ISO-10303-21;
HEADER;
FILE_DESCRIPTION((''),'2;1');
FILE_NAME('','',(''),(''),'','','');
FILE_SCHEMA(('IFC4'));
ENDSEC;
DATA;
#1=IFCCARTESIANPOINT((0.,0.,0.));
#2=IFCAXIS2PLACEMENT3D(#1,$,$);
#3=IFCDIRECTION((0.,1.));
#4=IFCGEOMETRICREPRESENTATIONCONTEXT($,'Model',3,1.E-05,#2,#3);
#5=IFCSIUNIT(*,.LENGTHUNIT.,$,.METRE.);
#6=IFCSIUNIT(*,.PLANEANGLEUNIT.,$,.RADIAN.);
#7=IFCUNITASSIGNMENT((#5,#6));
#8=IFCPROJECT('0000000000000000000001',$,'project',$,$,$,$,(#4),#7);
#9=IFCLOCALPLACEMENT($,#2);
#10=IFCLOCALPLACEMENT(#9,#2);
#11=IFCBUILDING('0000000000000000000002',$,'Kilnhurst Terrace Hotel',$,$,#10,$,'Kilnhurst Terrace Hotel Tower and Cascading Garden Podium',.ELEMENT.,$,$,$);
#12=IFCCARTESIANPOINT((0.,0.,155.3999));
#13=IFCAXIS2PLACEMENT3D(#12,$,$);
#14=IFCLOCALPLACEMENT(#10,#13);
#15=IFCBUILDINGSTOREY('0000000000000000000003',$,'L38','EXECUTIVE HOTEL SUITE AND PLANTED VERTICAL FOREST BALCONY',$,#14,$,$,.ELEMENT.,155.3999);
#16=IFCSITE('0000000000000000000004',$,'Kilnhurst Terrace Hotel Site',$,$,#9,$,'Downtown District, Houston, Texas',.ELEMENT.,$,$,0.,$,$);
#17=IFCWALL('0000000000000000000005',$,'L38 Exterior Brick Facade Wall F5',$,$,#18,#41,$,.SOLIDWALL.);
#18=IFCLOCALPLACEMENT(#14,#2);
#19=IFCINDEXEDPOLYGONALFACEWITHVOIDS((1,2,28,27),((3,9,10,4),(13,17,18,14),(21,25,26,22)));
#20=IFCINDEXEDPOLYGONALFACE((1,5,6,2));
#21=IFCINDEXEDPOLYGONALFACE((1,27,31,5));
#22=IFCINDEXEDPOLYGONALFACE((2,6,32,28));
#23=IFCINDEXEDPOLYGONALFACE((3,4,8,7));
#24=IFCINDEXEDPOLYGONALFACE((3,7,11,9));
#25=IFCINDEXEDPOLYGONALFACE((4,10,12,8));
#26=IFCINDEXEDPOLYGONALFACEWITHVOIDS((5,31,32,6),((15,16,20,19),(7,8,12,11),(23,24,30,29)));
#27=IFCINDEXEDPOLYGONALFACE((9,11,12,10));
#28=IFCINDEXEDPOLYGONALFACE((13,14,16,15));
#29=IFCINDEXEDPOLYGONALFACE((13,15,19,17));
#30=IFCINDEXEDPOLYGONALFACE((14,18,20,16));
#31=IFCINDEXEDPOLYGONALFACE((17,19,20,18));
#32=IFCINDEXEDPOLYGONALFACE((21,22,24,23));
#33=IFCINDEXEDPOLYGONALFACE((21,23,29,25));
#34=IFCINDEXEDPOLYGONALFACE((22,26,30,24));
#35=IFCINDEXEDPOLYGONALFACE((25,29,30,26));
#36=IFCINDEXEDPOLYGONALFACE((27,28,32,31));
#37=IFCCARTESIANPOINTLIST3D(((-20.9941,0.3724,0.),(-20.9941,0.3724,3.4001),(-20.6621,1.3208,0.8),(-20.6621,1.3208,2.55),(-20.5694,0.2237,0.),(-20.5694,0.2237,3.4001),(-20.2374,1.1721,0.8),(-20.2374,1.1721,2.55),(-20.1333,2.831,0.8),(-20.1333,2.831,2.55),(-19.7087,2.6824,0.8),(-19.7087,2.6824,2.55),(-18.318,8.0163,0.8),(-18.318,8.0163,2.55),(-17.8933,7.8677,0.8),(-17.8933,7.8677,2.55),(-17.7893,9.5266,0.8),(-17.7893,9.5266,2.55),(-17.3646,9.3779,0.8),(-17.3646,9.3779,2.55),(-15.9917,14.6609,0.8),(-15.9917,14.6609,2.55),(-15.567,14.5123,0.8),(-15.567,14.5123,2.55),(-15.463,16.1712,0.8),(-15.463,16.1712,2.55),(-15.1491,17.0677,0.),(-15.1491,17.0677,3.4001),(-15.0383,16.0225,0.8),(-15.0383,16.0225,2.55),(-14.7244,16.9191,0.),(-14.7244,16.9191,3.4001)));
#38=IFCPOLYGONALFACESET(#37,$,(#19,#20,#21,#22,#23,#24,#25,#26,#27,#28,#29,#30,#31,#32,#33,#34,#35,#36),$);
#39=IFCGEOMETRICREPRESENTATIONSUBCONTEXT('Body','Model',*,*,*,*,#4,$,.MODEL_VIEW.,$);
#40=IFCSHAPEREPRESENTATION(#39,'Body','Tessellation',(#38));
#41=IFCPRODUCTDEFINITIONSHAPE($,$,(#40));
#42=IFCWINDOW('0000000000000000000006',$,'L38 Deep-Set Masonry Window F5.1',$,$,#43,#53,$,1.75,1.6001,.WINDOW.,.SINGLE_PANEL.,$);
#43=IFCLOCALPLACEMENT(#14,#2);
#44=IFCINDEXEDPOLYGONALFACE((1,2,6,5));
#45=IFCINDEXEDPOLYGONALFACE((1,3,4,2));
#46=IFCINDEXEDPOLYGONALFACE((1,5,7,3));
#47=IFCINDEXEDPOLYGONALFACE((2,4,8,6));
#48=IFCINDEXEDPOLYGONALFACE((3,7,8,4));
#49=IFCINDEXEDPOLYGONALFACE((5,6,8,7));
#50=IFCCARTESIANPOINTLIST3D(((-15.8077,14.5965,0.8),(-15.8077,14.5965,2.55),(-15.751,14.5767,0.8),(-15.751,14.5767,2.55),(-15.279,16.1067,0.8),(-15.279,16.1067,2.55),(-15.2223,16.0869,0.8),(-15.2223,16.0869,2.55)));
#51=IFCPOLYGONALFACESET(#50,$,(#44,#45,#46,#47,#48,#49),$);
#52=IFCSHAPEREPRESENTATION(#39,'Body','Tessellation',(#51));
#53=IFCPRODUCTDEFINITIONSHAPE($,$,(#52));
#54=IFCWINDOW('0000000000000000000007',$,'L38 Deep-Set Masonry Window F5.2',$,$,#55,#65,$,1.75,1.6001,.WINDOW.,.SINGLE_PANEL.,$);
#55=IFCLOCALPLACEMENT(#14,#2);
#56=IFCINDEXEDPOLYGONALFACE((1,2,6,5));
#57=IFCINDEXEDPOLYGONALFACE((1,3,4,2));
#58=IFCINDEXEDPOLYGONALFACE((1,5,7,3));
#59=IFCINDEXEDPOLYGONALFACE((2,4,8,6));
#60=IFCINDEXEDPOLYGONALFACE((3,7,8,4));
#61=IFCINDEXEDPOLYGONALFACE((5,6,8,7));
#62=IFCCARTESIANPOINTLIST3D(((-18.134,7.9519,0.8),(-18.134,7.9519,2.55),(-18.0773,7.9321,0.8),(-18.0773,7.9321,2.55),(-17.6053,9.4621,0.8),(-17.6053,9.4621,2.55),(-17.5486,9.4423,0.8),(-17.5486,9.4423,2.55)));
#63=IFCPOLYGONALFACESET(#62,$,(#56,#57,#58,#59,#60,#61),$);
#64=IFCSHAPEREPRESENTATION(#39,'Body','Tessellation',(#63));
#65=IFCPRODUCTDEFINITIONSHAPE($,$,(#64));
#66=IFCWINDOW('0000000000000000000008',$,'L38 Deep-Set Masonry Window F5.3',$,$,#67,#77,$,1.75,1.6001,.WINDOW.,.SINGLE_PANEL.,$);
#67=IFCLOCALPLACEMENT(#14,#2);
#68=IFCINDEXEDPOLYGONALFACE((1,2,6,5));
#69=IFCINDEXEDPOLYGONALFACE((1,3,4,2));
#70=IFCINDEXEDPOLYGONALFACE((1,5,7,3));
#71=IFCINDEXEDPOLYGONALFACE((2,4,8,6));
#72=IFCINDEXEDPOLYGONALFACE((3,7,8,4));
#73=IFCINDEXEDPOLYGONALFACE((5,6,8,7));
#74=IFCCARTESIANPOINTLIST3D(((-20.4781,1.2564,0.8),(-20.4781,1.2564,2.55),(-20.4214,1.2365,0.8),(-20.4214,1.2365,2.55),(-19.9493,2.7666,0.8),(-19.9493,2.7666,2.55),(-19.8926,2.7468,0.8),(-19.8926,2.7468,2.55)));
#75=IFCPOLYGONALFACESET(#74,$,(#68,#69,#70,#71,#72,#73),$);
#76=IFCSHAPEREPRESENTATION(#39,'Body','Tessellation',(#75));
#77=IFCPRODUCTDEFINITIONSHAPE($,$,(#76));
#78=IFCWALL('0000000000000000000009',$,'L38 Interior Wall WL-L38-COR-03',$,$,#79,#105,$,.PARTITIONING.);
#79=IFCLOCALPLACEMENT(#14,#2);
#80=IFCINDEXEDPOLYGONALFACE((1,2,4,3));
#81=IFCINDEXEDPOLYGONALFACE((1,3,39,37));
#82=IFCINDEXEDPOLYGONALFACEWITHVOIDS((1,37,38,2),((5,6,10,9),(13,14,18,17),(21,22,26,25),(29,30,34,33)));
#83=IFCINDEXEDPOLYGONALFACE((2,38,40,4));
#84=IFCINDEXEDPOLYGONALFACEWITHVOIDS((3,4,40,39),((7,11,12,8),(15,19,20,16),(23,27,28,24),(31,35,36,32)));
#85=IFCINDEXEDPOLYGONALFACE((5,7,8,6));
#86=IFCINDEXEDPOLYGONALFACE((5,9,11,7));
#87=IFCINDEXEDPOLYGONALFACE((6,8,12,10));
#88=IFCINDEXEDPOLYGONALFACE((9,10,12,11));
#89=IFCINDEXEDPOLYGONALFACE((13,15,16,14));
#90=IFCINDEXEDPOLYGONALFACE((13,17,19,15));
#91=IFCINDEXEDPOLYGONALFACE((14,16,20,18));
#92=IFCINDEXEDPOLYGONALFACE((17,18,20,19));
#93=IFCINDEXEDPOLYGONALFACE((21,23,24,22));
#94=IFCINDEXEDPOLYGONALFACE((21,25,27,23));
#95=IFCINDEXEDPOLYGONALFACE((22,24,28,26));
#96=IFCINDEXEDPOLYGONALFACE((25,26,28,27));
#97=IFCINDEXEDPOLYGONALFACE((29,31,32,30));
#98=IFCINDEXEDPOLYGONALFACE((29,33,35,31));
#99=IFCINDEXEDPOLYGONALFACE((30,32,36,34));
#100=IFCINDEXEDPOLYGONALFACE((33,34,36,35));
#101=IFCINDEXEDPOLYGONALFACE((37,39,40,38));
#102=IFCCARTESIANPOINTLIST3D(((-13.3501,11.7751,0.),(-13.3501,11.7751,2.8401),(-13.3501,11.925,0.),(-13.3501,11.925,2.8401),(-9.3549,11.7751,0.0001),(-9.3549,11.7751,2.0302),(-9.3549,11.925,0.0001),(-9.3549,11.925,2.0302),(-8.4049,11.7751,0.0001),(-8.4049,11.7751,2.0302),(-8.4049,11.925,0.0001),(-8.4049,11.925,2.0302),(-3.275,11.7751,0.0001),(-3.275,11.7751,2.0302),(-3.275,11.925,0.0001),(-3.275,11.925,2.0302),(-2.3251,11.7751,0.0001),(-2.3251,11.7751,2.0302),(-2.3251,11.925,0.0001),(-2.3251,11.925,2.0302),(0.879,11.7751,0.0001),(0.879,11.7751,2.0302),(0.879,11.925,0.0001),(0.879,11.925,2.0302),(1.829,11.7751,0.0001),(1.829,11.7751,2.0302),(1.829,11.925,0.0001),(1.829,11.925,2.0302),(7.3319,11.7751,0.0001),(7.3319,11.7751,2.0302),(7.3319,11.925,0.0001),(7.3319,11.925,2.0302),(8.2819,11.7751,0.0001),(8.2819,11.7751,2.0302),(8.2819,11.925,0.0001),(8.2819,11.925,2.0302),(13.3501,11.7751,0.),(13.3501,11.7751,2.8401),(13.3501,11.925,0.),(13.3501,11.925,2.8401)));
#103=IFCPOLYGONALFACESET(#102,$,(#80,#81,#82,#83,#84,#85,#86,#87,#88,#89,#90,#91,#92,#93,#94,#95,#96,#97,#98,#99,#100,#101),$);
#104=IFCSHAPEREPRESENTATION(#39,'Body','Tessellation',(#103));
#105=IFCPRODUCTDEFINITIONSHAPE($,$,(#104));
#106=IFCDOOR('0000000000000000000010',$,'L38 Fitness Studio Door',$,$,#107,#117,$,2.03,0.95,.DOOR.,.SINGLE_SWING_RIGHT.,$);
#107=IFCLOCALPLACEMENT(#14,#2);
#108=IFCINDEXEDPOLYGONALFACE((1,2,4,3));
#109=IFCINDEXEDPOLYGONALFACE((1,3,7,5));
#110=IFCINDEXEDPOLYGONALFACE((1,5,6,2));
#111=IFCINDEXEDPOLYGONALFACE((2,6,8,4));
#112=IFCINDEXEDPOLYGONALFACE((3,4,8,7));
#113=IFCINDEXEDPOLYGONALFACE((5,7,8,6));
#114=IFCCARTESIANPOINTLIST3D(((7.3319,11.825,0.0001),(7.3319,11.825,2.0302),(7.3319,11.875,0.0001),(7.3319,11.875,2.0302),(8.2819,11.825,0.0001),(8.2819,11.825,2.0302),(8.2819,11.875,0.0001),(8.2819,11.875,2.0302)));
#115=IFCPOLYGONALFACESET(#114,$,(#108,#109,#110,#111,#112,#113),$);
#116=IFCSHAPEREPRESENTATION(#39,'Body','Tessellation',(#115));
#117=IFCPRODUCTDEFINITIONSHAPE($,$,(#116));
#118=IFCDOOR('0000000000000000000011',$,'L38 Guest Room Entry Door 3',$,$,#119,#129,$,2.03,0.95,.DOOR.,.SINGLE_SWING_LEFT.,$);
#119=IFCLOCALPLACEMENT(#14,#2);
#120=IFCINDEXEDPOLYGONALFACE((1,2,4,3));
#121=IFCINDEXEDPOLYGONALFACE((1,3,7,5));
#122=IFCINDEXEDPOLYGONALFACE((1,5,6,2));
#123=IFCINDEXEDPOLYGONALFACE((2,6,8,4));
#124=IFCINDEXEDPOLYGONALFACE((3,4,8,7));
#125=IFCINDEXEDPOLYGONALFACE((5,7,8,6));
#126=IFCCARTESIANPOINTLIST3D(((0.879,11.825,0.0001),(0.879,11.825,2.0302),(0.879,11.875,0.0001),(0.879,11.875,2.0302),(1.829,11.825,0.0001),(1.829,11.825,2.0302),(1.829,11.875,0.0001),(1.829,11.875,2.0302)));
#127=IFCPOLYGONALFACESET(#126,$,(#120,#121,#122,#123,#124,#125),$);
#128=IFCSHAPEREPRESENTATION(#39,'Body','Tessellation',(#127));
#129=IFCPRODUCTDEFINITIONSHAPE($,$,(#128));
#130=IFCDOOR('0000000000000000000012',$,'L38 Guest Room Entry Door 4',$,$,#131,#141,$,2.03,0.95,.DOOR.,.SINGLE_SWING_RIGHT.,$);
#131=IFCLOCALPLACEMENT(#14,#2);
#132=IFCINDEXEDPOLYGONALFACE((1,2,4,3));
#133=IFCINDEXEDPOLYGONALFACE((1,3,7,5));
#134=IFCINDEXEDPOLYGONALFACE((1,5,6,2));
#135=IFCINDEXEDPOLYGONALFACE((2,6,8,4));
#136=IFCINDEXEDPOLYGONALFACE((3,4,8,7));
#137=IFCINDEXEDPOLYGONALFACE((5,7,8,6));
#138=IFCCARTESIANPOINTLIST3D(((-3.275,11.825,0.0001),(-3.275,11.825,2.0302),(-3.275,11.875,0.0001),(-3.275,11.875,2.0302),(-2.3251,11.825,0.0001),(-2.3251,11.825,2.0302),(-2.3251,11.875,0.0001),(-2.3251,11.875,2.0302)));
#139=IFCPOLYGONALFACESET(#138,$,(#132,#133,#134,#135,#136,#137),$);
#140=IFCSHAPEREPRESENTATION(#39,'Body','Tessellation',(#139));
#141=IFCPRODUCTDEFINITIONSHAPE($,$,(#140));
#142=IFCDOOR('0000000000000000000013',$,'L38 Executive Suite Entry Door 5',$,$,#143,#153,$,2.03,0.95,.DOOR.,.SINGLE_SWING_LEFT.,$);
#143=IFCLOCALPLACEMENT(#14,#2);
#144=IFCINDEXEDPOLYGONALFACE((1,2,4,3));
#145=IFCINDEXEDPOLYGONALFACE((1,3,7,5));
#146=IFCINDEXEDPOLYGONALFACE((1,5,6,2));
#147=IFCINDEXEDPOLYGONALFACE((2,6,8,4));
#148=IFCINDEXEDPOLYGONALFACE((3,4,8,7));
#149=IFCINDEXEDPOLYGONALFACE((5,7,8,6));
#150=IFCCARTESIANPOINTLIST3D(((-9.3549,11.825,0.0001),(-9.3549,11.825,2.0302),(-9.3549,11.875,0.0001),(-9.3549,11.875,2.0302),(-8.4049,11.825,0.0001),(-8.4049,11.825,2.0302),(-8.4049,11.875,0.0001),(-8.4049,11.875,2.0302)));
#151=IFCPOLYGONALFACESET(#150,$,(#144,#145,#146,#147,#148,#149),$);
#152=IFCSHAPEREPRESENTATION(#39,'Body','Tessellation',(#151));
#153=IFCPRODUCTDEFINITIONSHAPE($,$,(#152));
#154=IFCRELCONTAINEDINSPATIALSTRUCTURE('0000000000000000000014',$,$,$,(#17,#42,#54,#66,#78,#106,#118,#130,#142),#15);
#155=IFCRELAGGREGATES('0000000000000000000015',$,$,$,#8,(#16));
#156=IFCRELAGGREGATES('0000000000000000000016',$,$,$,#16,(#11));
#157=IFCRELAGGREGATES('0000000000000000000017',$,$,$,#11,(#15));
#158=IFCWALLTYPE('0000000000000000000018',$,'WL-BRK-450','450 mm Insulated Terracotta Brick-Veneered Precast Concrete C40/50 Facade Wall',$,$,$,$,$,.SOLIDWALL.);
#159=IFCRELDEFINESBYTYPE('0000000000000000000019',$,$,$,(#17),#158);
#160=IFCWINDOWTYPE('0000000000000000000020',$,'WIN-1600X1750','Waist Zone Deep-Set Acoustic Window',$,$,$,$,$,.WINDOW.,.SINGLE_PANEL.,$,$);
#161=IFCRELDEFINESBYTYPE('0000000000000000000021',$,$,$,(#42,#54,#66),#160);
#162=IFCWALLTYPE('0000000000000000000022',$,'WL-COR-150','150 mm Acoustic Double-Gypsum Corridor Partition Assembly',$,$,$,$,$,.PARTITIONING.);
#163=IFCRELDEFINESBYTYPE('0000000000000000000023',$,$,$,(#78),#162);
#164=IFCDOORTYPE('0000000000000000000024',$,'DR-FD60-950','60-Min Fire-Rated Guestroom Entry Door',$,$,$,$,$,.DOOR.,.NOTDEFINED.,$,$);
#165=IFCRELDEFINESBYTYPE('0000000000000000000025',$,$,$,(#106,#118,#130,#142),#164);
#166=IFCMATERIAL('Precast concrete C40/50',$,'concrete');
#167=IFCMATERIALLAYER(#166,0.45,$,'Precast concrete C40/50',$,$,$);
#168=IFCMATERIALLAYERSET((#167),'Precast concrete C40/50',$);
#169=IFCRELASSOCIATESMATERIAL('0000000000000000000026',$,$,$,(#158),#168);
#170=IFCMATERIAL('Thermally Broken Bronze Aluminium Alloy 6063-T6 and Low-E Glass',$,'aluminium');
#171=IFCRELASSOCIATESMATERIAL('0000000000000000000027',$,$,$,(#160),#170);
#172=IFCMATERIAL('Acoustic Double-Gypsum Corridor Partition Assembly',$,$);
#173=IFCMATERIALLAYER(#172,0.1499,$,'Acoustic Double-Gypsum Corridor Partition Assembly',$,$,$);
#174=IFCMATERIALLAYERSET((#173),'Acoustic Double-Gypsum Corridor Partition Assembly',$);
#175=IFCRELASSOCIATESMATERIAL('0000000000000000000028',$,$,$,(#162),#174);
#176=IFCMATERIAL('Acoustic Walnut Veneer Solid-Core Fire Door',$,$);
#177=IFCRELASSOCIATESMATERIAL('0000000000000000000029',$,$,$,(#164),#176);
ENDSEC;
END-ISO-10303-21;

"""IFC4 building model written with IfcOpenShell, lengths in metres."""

from ifc_helpers import new_model, si_unit, direction, frame, frame_2d, origin, place, context, subcontext, project, spatial, rectangle, extrude, material, layer, layer_set, type_object, element, fill, save


model = new_model("IFC4")

# Units and contexts
model_context = context("Model", 3, precision=1e-05, world=origin(), true_north=direction((0.0, 1.0)))
body_context = subcontext(model_context, "Body", "Model", "MODEL_VIEW")
ifc_project = project(units=[si_unit("LENGTHUNIT", "METRE"), si_unit("PLANEANGLEUNIT", "RADIAN")], contexts=[model_context])

# Site, building, storey
site_placement = place(None, origin())
site = spatial("IfcSite", under=ifc_project, at=site_placement, Name="Kilnhurst Terrace Hotel Site", LongName="Downtown District, Houston, Texas", CompositionType="ELEMENT", RefElevation=0.0)
building_placement = place(site_placement, origin())
building = spatial("IfcBuilding", under=site, at=building_placement, Name="Kilnhurst Terrace Hotel", LongName="Kilnhurst Terrace Hotel Tower and Cascading Garden Podium", CompositionType="ELEMENT")
storey_placement = place(building_placement, frame((0.0, 0.0, 155.3999)))
storey = spatial("IfcBuildingStorey", under=building, at=storey_placement, Name="L38", Description="EXECUTIVE HOTEL SUITE AND PLANTED VERTICAL FOREST BALCONY", CompositionType="ELEMENT", Elevation=155.3999)

# Shared definitions
ifc_material_1 = material(Name="Precast concrete C40/50", Category="concrete")
ifc_layer_1 = layer(ifc_material_1, 0.45, Name="Precast concrete C40/50")
ifc_layer_set_1 = layer_set([ifc_layer_1], Name="Precast concrete C40/50")
wall_type_1 = type_object("IfcWallType", Name="WL-BRK-450", Description="450 mm Insulated Terracotta Brick-Veneered Precast Concrete C40/50 Facade Wall", PredefinedType="SOLIDWALL", material=ifc_layer_set_1)

# Wall, openings, windows
wall_1_placement = place(storey_placement, frame((-14.9368, 16.9934, 0.0), z_axis=(0.0, 0.0, 1.0), x_axis=(-0.330432, -0.94383, 0.0)))
wall_1 = element("IfcWall", 1, at=wall_1_placement, inside=storey, type_object=wall_type_1, Name="L38 Exterior Brick Facade Wall F5", PredefinedType="SOLIDWALL", context=body_context, shape_type="SweptSolid", body=[
    extrude(rectangle(XDim=17.689, YDim=0.45, at=frame_2d((8.8445, 0.0))), origin(), (0.0, 0.0, 1.0), 3.4001),
])
opening_1_placement = place(wall_1_placement, frame((0.95, 0.0, 0.8)))
opening_1 = element("IfcOpeningElement", 2, at=opening_1_placement, cuts=wall_1, PredefinedType="OPENING", context=body_context, shape_type="SweptSolid", body=[
    extrude(rectangle(XDim=1.6001, YDim=1.75, at=frame_2d((0.8, 0.875))), frame((0.0, 0.2349, 0.0), z_axis=(0.0, -1.0, 0.0), x_axis=(1.0, 0.0, 0.0)), (0.0, 0.0, 1.0), 0.47),
])
opening_2_placement = place(wall_1_placement, frame((7.99, 0.0, 0.8)))
opening_2 = element("IfcOpeningElement", 3, at=opening_2_placement, cuts=wall_1, PredefinedType="OPENING", context=body_context, shape_type="SweptSolid", body=[
    extrude(rectangle(XDim=1.6001, YDim=1.75, at=frame_2d((0.8, 0.875))), frame((0.0, 0.2349, 0.0), z_axis=(0.0, -1.0, 0.0), x_axis=(1.0, 0.0, 0.0)), (0.0, 0.0, 1.0), 0.47),
])
opening_3_placement = place(wall_1_placement, frame((15.084, 0.0, 0.8)))
opening_3 = element("IfcOpeningElement", 4, at=opening_3_placement, cuts=wall_1, PredefinedType="OPENING", context=body_context, shape_type="SweptSolid", body=[
    extrude(rectangle(XDim=1.6001, YDim=1.75, at=frame_2d((0.8, 0.875))), frame((0.0, 0.2349, 0.0), z_axis=(0.0, -1.0, 0.0), x_axis=(1.0, 0.0, 0.0)), (0.0, 0.0, 1.0), 0.47),
])
ifc_material_2 = material(Name="Thermally Broken Bronze Aluminium Alloy 6063-T6 and Low-E Glass", Category="aluminium")
window_type = type_object("IfcWindowType", Name="WIN-1600X1750", Description="Waist Zone Deep-Set Acoustic Window", PartitioningType="SINGLE_PANEL", PredefinedType="WINDOW", material=ifc_material_2)
window_1_placement = place(opening_1_placement, origin())
window_1 = element("IfcWindow", 5, at=window_1_placement, inside=storey, type_object=window_type, Name="L38 Deep-Set Masonry Window F5.1", OverallHeight=1.75, OverallWidth=1.6001, PartitioningType="SINGLE_PANEL", PredefinedType="WINDOW", context=body_context, shape_type="SweptSolid", body=[
    extrude(rectangle(XDim=1.6001, YDim=1.75, at=frame_2d((0.8, 0.875))), frame((0.0, 0.03, 0.0), z_axis=(0.0, -1.0, 0.0), x_axis=(1.0, 0.0, 0.0)), (0.0, 0.0, 1.0), 0.0601),
])
fill(opening_1, window_1)
window_2_placement = place(opening_2_placement, origin())
window_2 = element("IfcWindow", 6, at=window_2_placement, inside=storey, type_object=window_type, Name="L38 Deep-Set Masonry Window F5.2", OverallHeight=1.75, OverallWidth=1.6001, PartitioningType="SINGLE_PANEL", PredefinedType="WINDOW", context=body_context, shape_type="SweptSolid", body=[
    extrude(rectangle(XDim=1.6001, YDim=1.75, at=frame_2d((0.8, 0.875))), frame((0.0, 0.03, 0.0), z_axis=(0.0, -1.0, 0.0), x_axis=(1.0, 0.0, 0.0)), (0.0, 0.0, 1.0), 0.0601),
])
fill(opening_2, window_2)
window_3_placement = place(opening_3_placement, origin())
window_3 = element("IfcWindow", 7, at=window_3_placement, inside=storey, type_object=window_type, Name="L38 Deep-Set Masonry Window F5.3", OverallHeight=1.75, OverallWidth=1.6001, PartitioningType="SINGLE_PANEL", PredefinedType="WINDOW", context=body_context, shape_type="SweptSolid", body=[
    extrude(rectangle(XDim=1.6001, YDim=1.75, at=frame_2d((0.8, 0.875))), frame((0.0, 0.03, 0.0), z_axis=(0.0, -1.0, 0.0), x_axis=(1.0, 0.0, 0.0)), (0.0, 0.0, 1.0), 0.0601),
])
fill(opening_3, window_3)

# Wall, openings, doors
ifc_material_3 = material(Name="Acoustic Double-Gypsum Corridor Partition Assembly")
ifc_layer_2 = layer(ifc_material_3, 0.1499, Name="Acoustic Double-Gypsum Corridor Partition Assembly")
ifc_layer_set_2 = layer_set([ifc_layer_2], Name="Acoustic Double-Gypsum Corridor Partition Assembly")
wall_type_2 = type_object("IfcWallType", Name="WL-COR-150", Description="150 mm Acoustic Double-Gypsum Corridor Partition Assembly", PredefinedType="PARTITIONING", material=ifc_layer_set_2)
wall_2_placement = place(storey_placement, frame((-13.3501, 11.8501, 0.0), z_axis=(0.0, 0.0, 1.0), x_axis=(1.0, 0.0, 0.0)))
wall_2 = element("IfcWall", 8, at=wall_2_placement, inside=storey, type_object=wall_type_2, Name="L38 Interior Wall WL-L38-COR-03", PredefinedType="PARTITIONING", context=body_context, shape_type="SweptSolid", body=[
    extrude(rectangle(XDim=26.7002, YDim=0.1499, at=frame_2d((13.3501, 0.0))), origin(), (0.0, 0.0, 1.0), 2.8401),
])
opening_4_placement = place(wall_2_placement, frame((20.6819, 0.0, 0.0)))
opening_4 = element("IfcOpeningElement", 9, at=opening_4_placement, cuts=wall_2, PredefinedType="OPENING", context=body_context, shape_type="SweptSolid", body=[
    extrude(rectangle(XDim=0.95, YDim=2.03, at=frame_2d((0.4751, 1.0151))), frame((0.0, 0.085, 0.0), z_axis=(0.0, -1.0, 0.0), x_axis=(1.0, 0.0, 0.0)), (0.0, 0.0, 1.0), 0.1699),
])
opening_5_placement = place(wall_2_placement, frame((14.229, 0.0, 0.0)))
opening_5 = element("IfcOpeningElement", 10, at=opening_5_placement, cuts=wall_2, PredefinedType="OPENING", context=body_context, shape_type="SweptSolid", body=[
    extrude(rectangle(XDim=0.95, YDim=2.03, at=frame_2d((0.4751, 1.0151))), frame((0.0, 0.085, 0.0), z_axis=(0.0, -1.0, 0.0), x_axis=(1.0, 0.0, 0.0)), (0.0, 0.0, 1.0), 0.1699),
])
opening_6_placement = place(wall_2_placement, frame((10.075, 0.0, 0.0)))
opening_6 = element("IfcOpeningElement", 11, at=opening_6_placement, cuts=wall_2, PredefinedType="OPENING", context=body_context, shape_type="SweptSolid", body=[
    extrude(rectangle(XDim=0.95, YDim=2.03, at=frame_2d((0.4751, 1.0151))), frame((0.0, 0.085, 0.0), z_axis=(0.0, -1.0, 0.0), x_axis=(1.0, 0.0, 0.0)), (0.0, 0.0, 1.0), 0.1699),
])
opening_7_placement = place(wall_2_placement, frame((3.9951, 0.0, 0.0)))
opening_7 = element("IfcOpeningElement", 12, at=opening_7_placement, cuts=wall_2, PredefinedType="OPENING", context=body_context, shape_type="SweptSolid", body=[
    extrude(rectangle(XDim=0.95, YDim=2.03, at=frame_2d((0.4751, 1.0151))), frame((0.0, 0.085, 0.0), z_axis=(0.0, -1.0, 0.0), x_axis=(1.0, 0.0, 0.0)), (0.0, 0.0, 1.0), 0.1699),
])
ifc_material_4 = material(Name="Acoustic Walnut Veneer Solid-Core Fire Door")
door_type_1 = type_object("IfcDoorType", Name="DR-FD60-950", Description="60-Min Fire-Rated Guestroom Entry Door", OperationType="NOTDEFINED", PredefinedType="DOOR", material=ifc_material_4)
door_1_placement = place(opening_4_placement, origin())
door_1 = element("IfcDoor", 13, at=door_1_placement, inside=storey, type_object=door_type_1, Name="L38 Fitness Studio Door", OperationType="SINGLE_SWING_RIGHT", OverallHeight=2.03, OverallWidth=0.95, PredefinedType="DOOR", context=body_context, shape_type="SweptSolid", body=[
    extrude(rectangle(XDim=0.95, YDim=2.03, at=frame_2d((0.4751, 1.0151))), frame((0.0, 0.0249, 0.0), z_axis=(0.0, -1.0, 0.0), x_axis=(1.0, 0.0, 0.0)), (0.0, 0.0, 1.0), 0.05),
])
fill(opening_4, door_1)
door_2_placement = place(opening_5_placement, origin())
door_2 = element("IfcDoor", 14, at=door_2_placement, inside=storey, type_object=door_type_1, Name="L38 Guest Room Entry Door 3", OperationType="SINGLE_SWING_LEFT", OverallHeight=2.03, OverallWidth=0.95, PredefinedType="DOOR", context=body_context, shape_type="SweptSolid", body=[
    extrude(rectangle(XDim=0.95, YDim=2.03, at=frame_2d((0.4751, 1.0151))), frame((0.0, 0.0249, 0.0), z_axis=(0.0, -1.0, 0.0), x_axis=(1.0, 0.0, 0.0)), (0.0, 0.0, 1.0), 0.05),
])
fill(opening_5, door_2)
door_3_placement = place(opening_6_placement, origin())
door_3 = element("IfcDoor", 15, at=door_3_placement, inside=storey, type_object=door_type_1, Name="L38 Guest Room Entry Door 4", OperationType="SINGLE_SWING_RIGHT", OverallHeight=2.03, OverallWidth=0.95, PredefinedType="DOOR", context=body_context, shape_type="SweptSolid", body=[
    extrude(rectangle(XDim=0.95, YDim=2.03, at=frame_2d((0.4751, 1.0151))), frame((0.0, 0.0249, 0.0), z_axis=(0.0, -1.0, 0.0), x_axis=(1.0, 0.0, 0.0)), (0.0, 0.0, 1.0), 0.05),
])
fill(opening_6, door_3)
door_4_placement = place(opening_7_placement, origin())
door_4 = element("IfcDoor", 16, at=door_4_placement, inside=storey, type_object=door_type_1, Name="L38 Executive Suite Entry Door 5", OperationType="SINGLE_SWING_LEFT", OverallHeight=2.03, OverallWidth=0.95, PredefinedType="DOOR", context=body_context, shape_type="SweptSolid", body=[
    extrude(rectangle(XDim=0.95, YDim=2.03, at=frame_2d((0.4751, 1.0151))), frame((0.0, 0.0249, 0.0), z_axis=(0.0, -1.0, 0.0), x_axis=(1.0, 0.0, 0.0)), (0.0, 0.0, 1.0), 0.05),
])
fill(opening_7, door_4)

save(model, "model.ifc")
